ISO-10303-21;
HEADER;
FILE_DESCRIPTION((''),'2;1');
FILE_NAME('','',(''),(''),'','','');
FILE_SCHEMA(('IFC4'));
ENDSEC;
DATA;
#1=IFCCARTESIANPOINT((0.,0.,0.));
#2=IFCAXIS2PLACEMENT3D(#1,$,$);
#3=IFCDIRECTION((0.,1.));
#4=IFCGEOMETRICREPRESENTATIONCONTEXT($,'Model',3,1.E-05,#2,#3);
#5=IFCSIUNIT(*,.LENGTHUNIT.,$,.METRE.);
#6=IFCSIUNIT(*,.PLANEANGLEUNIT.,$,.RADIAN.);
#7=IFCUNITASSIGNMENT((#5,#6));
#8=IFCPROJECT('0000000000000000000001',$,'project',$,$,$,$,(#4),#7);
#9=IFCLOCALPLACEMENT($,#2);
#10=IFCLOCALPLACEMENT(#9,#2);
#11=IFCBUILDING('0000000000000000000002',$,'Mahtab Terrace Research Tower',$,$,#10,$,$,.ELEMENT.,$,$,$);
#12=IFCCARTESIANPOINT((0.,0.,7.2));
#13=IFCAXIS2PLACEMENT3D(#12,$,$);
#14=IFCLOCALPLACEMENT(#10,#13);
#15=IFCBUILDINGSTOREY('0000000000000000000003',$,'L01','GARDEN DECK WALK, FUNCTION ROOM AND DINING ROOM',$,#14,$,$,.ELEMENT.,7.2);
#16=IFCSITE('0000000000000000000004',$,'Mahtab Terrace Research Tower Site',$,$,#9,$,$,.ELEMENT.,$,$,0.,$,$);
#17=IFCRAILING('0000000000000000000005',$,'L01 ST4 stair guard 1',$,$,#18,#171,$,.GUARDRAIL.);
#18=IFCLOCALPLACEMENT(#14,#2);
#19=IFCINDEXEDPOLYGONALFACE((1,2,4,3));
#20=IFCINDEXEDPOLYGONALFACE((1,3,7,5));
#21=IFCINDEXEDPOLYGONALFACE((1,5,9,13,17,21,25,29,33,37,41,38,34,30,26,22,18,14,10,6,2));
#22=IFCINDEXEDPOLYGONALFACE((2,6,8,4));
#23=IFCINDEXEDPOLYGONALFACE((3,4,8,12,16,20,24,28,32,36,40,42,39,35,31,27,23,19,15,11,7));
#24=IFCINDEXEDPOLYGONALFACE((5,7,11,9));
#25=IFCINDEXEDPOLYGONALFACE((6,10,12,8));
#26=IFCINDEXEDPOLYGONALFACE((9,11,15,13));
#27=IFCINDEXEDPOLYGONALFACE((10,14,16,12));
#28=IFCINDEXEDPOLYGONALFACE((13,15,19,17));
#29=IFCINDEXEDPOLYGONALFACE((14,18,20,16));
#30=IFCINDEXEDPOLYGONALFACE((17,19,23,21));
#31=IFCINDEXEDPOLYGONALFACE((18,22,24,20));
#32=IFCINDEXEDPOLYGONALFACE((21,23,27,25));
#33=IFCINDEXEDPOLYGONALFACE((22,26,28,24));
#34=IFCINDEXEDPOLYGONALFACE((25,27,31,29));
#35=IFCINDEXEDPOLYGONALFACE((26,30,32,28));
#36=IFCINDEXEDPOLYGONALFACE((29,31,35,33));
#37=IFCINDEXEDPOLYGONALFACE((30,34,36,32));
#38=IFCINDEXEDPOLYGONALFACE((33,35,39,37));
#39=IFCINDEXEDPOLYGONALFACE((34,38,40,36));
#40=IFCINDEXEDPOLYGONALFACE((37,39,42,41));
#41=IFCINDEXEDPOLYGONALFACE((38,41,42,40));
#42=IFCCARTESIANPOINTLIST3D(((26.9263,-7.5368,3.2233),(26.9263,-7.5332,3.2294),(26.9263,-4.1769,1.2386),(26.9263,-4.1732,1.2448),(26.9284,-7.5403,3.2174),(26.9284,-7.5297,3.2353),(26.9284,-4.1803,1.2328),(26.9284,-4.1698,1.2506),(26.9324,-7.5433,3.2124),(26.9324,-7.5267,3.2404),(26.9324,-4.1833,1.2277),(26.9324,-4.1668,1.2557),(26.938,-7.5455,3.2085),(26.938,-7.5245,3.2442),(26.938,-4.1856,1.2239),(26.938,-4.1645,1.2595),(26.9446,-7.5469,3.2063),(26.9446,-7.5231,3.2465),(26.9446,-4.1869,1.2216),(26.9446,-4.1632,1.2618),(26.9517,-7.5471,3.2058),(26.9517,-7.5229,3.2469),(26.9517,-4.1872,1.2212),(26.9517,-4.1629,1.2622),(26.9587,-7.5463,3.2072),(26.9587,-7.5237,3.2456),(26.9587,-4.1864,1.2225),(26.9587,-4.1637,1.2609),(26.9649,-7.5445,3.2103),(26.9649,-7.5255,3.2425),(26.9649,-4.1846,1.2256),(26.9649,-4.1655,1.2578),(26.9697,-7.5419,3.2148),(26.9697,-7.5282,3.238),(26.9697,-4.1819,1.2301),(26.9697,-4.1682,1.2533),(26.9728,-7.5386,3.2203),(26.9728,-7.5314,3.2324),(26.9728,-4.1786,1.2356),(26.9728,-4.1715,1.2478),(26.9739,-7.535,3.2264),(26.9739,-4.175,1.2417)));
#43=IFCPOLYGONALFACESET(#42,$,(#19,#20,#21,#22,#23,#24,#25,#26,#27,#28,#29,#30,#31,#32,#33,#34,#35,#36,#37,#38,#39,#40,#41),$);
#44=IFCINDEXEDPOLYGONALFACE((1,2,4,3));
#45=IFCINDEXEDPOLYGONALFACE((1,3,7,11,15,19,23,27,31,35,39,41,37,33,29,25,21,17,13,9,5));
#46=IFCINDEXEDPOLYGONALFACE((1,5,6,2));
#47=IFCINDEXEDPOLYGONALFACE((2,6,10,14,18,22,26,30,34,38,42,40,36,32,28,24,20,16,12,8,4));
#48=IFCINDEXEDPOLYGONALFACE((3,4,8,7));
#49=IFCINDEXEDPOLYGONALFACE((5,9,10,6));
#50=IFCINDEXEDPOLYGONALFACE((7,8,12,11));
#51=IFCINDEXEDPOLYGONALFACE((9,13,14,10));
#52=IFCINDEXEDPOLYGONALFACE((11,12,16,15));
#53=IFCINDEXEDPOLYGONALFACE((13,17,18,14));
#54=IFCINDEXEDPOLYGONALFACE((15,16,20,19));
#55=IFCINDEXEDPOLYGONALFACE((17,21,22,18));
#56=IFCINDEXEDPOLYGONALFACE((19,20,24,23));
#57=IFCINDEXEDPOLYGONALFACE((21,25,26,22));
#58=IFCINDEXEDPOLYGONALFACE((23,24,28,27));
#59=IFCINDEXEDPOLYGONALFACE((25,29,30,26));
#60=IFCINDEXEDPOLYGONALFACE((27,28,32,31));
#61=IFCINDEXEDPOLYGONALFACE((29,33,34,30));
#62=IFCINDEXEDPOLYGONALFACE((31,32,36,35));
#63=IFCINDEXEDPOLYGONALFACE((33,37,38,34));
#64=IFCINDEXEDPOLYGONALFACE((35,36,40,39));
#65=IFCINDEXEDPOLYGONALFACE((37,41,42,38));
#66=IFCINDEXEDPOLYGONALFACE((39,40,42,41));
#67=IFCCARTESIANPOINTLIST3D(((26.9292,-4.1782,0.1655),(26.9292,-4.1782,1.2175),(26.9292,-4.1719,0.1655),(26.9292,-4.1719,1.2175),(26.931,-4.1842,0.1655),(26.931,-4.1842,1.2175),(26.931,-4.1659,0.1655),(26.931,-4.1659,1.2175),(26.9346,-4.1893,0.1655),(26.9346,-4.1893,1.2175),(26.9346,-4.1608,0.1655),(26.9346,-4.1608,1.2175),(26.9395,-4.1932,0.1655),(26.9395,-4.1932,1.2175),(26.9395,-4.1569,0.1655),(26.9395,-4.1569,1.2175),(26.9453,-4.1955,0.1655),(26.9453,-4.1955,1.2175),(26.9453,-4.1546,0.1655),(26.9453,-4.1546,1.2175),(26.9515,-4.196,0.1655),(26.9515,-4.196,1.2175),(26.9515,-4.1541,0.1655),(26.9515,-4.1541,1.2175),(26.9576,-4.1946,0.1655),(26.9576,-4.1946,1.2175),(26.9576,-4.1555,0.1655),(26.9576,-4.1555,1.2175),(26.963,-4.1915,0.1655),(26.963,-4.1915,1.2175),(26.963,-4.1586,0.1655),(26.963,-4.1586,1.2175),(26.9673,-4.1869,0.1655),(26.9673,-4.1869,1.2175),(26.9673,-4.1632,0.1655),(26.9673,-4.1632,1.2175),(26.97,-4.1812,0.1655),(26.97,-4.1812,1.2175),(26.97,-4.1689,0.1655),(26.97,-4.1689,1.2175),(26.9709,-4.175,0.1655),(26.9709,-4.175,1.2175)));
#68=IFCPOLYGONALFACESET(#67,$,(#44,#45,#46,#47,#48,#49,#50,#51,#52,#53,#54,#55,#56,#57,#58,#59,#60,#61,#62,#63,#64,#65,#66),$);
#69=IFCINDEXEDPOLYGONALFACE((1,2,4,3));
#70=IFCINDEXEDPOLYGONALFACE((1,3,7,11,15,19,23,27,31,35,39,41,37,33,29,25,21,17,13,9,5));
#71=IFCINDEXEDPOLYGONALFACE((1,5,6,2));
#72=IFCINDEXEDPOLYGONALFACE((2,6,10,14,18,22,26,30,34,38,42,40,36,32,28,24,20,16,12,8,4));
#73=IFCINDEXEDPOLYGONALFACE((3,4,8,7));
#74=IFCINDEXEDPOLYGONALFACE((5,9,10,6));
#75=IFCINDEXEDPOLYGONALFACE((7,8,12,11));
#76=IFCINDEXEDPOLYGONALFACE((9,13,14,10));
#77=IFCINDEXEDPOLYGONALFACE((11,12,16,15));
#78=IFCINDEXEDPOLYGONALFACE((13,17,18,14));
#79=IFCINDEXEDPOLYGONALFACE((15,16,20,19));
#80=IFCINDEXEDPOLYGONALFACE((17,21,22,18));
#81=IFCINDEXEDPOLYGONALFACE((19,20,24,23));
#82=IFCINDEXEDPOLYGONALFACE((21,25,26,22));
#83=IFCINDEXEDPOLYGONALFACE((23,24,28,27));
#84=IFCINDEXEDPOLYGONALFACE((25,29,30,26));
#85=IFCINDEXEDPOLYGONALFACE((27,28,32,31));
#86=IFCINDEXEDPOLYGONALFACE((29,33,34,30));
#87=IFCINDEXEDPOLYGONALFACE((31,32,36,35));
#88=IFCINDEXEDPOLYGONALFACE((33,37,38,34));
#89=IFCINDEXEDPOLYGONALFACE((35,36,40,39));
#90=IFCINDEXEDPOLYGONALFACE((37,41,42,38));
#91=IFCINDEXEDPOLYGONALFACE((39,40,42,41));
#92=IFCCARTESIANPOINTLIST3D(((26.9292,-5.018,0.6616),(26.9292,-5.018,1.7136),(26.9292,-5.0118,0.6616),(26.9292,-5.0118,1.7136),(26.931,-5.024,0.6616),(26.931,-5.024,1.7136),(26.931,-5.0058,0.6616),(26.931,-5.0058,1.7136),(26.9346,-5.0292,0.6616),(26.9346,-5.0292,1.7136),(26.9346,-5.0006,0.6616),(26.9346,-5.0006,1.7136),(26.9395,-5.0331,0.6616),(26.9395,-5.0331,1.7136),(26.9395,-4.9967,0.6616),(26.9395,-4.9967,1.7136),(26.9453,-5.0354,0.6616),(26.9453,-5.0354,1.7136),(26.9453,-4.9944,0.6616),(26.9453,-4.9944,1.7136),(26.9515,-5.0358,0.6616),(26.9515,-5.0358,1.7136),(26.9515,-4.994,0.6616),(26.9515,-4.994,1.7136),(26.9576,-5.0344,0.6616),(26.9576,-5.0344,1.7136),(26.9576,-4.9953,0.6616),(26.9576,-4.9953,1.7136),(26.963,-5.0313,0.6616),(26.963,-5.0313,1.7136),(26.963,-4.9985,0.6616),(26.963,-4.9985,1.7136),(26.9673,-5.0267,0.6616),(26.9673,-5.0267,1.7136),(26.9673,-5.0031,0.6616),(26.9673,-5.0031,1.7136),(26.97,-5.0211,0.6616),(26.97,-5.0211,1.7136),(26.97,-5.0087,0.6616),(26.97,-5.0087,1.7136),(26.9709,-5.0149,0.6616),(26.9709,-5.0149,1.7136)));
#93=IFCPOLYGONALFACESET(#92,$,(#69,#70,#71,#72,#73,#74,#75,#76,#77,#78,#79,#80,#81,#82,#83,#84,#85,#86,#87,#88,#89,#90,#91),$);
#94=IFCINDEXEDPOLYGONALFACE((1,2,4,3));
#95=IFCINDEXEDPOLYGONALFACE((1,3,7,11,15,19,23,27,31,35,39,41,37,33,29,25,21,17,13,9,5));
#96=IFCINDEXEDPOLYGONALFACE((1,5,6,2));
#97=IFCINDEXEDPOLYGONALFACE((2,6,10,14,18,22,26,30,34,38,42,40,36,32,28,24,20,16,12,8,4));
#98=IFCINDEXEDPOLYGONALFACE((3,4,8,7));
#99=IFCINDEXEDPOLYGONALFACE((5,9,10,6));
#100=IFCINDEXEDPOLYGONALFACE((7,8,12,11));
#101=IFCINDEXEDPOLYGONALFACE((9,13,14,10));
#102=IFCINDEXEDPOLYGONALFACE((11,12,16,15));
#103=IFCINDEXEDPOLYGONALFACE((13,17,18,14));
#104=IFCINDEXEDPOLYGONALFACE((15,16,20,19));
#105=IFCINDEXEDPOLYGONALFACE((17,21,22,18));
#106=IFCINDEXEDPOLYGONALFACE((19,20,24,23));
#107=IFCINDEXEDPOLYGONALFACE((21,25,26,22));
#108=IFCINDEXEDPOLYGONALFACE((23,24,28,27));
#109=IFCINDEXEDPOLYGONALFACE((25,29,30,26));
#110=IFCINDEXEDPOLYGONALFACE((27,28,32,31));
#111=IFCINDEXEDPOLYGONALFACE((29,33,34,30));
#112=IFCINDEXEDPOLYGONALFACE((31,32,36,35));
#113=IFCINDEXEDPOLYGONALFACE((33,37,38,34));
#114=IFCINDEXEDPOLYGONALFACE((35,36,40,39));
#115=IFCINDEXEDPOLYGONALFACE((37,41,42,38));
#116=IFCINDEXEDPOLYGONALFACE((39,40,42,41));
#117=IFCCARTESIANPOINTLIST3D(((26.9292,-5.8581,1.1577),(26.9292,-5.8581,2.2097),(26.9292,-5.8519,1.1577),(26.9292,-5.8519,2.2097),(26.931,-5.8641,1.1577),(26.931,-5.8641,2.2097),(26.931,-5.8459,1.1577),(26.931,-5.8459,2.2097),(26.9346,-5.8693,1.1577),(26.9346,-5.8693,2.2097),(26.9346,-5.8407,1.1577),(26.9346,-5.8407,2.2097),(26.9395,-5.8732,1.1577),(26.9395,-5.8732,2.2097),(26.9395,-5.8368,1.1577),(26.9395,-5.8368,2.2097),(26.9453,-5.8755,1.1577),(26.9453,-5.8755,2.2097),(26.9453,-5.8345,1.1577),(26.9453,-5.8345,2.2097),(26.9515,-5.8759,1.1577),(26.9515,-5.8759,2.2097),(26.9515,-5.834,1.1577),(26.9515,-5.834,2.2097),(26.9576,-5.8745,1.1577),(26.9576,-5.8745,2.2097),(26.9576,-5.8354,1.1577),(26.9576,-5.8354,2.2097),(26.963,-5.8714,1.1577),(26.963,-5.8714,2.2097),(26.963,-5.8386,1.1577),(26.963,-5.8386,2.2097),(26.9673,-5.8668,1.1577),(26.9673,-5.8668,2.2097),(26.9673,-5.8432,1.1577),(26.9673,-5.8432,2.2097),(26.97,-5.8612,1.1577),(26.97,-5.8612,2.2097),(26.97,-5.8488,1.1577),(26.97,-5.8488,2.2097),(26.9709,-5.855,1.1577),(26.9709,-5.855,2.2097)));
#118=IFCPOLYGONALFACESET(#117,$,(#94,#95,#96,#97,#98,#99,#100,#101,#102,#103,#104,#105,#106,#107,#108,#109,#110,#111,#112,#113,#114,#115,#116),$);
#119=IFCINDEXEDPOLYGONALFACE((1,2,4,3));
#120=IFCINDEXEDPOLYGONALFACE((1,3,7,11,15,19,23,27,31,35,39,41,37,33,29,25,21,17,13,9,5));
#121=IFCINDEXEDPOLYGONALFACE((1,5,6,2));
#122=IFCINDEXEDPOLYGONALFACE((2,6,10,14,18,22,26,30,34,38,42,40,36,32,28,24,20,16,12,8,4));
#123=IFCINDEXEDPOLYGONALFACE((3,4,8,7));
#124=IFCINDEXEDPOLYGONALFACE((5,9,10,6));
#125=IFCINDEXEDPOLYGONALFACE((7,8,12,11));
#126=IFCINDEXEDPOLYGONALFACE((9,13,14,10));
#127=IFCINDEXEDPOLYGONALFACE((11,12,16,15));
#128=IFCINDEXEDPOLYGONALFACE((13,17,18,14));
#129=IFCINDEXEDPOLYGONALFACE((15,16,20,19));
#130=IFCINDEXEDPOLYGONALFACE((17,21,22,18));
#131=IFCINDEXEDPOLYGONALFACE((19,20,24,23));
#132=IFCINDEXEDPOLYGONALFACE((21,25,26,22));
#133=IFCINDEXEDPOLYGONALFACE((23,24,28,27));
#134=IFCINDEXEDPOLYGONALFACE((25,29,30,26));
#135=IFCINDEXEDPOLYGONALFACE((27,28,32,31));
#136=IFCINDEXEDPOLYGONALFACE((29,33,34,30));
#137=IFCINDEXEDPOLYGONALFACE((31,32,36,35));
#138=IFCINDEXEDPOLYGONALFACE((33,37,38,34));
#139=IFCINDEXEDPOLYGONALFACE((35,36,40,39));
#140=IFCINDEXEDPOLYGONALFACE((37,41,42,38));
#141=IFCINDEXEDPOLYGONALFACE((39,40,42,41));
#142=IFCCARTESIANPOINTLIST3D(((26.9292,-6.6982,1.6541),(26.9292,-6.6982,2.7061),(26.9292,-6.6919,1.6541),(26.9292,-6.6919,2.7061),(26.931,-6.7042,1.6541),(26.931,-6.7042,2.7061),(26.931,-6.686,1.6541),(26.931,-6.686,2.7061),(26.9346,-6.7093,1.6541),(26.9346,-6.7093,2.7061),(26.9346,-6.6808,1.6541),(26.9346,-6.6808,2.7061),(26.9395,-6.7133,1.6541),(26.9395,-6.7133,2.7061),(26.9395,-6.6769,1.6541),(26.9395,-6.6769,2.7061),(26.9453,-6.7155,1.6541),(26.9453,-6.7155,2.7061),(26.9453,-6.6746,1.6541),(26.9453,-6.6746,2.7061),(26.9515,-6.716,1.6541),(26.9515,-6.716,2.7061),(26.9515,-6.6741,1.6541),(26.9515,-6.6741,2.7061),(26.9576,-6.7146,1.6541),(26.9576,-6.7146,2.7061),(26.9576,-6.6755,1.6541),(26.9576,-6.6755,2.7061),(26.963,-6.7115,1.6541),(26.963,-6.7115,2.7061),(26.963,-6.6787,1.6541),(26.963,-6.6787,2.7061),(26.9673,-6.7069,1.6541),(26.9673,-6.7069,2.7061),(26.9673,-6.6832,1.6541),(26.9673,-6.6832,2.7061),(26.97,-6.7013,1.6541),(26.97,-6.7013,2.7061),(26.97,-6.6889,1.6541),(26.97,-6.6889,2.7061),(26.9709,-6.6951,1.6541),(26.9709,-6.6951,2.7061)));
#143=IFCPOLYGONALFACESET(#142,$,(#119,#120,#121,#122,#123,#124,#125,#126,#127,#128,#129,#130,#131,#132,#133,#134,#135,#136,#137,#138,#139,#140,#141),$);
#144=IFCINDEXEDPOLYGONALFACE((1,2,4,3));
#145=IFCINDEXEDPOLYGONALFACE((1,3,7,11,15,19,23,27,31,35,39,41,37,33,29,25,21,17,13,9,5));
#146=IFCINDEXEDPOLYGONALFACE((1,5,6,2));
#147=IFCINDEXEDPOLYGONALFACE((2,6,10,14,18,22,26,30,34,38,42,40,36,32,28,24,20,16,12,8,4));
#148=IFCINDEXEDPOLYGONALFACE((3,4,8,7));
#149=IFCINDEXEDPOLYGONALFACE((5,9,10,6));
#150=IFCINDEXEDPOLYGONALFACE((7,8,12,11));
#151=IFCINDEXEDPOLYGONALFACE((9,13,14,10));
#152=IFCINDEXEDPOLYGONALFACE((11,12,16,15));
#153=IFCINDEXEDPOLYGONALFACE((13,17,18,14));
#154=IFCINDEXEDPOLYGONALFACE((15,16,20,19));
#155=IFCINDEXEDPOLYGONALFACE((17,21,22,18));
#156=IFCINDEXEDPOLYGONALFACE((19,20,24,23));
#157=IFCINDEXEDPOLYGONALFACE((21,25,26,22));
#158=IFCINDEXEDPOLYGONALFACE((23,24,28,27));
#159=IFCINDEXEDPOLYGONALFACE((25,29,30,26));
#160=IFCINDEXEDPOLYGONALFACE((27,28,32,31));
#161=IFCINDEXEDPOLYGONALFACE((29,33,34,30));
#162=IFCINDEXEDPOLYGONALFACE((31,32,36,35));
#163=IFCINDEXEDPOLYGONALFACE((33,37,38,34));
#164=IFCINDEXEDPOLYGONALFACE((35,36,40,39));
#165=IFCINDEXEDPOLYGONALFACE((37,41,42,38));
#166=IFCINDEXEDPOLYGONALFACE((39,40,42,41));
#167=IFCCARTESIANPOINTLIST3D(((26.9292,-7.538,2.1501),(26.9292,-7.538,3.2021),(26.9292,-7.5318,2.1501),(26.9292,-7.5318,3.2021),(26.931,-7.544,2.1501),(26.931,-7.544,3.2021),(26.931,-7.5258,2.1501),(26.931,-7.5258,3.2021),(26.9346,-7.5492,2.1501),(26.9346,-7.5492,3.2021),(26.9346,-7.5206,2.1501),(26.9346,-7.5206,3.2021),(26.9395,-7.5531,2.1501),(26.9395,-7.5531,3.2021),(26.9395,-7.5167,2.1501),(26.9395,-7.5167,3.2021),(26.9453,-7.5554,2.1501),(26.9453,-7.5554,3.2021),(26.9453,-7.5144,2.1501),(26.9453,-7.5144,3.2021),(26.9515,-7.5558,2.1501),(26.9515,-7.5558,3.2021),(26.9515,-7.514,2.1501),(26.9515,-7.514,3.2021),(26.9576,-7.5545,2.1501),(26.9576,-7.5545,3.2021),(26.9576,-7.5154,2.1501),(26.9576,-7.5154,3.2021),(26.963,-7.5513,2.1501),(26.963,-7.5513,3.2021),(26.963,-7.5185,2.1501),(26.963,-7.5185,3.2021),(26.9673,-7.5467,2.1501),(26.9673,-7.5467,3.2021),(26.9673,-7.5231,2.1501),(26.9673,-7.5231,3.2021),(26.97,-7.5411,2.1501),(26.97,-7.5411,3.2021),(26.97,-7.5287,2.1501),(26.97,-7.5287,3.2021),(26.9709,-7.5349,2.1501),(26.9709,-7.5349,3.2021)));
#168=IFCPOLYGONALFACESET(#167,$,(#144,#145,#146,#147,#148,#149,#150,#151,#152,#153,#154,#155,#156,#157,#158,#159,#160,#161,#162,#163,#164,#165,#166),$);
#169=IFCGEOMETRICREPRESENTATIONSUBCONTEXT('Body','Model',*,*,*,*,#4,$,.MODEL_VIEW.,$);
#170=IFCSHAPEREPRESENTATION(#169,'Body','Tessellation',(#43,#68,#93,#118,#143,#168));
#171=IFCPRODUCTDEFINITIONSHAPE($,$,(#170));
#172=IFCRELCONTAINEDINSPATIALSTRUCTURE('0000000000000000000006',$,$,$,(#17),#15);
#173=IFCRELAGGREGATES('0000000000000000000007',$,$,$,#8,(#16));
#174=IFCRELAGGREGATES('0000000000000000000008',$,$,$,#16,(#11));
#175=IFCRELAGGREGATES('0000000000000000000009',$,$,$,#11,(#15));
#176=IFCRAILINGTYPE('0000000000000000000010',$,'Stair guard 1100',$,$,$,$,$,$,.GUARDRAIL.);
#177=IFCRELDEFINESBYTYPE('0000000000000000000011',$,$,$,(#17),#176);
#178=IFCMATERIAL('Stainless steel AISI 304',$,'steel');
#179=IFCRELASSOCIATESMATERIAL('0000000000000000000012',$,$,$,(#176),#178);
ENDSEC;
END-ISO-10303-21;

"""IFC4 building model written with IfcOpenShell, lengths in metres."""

from ifc_helpers import new_model, si_unit, direction, frame, origin, origin_2d, place, context, subcontext, project, spatial, circle, extrude, material, type_object, element, save


model = new_model("IFC4")

# Units and contexts
model_context = context("Model", 3, precision=1e-05, world=origin(), true_north=direction((0.0, 1.0)))
body_context = subcontext(model_context, "Body", "Model", "MODEL_VIEW")
ifc_project = project(units=[si_unit("LENGTHUNIT", "METRE"), si_unit("PLANEANGLEUNIT", "RADIAN")], contexts=[model_context])

# Site, building, storey
site_placement = place(None, origin())
site = spatial("IfcSite", under=ifc_project, at=site_placement, Name="Mahtab Terrace Research Tower Site", CompositionType="ELEMENT", RefElevation=0.0)
building_placement = place(site_placement, origin())
building = spatial("IfcBuilding", under=site, at=building_placement, Name="Mahtab Terrace Research Tower", CompositionType="ELEMENT")
storey_placement = place(building_placement, frame((0.0, 0.0, 7.2)))
storey = spatial("IfcBuildingStorey", under=building, at=storey_placement, Name="L01", Description="GARDEN DECK WALK, FUNCTION ROOM AND DINING ROOM", CompositionType="ELEMENT", Elevation=7.2)

# Railing
ifc_material_1 = material(Name="Stainless steel AISI 304", Category="steel")
railing_type_1 = type_object("IfcRailingType", Name="Stair guard 1100", PredefinedType="GUARDRAIL", material=ifc_material_1)
railing_1_placement = place(storey_placement, frame((26.95, -4.175, 0.1655)))
element("IfcRailing", 1, at=railing_1_placement, inside=storey, type_object=railing_type_1, Name="L01 ST4 stair guard 1", PredefinedType="GUARDRAIL", context=body_context, shape_type="SweptSolid", body=[
    extrude(circle(Radius=0.0239, at=origin_2d()), frame((0.0, 0.0, 1.0762), z_axis=(0.0, -0.861011, 0.508586), x_axis=(1.0, 0.0, 0.0)), (0.0, 0.0, 1.0), 3.9023),
    extrude(circle(Radius=0.021, at=origin_2d()), origin(), (0.0, 0.0, 1.0), 1.052),
    extrude(circle(Radius=0.021, at=origin_2d()), frame((0.0, -0.8398, 0.4961)), (0.0, 0.0, 1.0), 1.052),
    extrude(circle(Radius=0.021, at=origin_2d()), frame((0.0, -1.6799, 0.9922)), (0.0, 0.0, 1.0), 1.052),
    extrude(circle(Radius=0.021, at=origin_2d()), frame((0.0, -2.52, 1.4885)), (0.0, 0.0, 1.0), 1.052),
    extrude(circle(Radius=0.021, at=origin_2d()), frame((0.0, -3.3599, 1.9846)), (0.0, 0.0, 1.0), 1.052),
])

save(model, "model.ifc")
